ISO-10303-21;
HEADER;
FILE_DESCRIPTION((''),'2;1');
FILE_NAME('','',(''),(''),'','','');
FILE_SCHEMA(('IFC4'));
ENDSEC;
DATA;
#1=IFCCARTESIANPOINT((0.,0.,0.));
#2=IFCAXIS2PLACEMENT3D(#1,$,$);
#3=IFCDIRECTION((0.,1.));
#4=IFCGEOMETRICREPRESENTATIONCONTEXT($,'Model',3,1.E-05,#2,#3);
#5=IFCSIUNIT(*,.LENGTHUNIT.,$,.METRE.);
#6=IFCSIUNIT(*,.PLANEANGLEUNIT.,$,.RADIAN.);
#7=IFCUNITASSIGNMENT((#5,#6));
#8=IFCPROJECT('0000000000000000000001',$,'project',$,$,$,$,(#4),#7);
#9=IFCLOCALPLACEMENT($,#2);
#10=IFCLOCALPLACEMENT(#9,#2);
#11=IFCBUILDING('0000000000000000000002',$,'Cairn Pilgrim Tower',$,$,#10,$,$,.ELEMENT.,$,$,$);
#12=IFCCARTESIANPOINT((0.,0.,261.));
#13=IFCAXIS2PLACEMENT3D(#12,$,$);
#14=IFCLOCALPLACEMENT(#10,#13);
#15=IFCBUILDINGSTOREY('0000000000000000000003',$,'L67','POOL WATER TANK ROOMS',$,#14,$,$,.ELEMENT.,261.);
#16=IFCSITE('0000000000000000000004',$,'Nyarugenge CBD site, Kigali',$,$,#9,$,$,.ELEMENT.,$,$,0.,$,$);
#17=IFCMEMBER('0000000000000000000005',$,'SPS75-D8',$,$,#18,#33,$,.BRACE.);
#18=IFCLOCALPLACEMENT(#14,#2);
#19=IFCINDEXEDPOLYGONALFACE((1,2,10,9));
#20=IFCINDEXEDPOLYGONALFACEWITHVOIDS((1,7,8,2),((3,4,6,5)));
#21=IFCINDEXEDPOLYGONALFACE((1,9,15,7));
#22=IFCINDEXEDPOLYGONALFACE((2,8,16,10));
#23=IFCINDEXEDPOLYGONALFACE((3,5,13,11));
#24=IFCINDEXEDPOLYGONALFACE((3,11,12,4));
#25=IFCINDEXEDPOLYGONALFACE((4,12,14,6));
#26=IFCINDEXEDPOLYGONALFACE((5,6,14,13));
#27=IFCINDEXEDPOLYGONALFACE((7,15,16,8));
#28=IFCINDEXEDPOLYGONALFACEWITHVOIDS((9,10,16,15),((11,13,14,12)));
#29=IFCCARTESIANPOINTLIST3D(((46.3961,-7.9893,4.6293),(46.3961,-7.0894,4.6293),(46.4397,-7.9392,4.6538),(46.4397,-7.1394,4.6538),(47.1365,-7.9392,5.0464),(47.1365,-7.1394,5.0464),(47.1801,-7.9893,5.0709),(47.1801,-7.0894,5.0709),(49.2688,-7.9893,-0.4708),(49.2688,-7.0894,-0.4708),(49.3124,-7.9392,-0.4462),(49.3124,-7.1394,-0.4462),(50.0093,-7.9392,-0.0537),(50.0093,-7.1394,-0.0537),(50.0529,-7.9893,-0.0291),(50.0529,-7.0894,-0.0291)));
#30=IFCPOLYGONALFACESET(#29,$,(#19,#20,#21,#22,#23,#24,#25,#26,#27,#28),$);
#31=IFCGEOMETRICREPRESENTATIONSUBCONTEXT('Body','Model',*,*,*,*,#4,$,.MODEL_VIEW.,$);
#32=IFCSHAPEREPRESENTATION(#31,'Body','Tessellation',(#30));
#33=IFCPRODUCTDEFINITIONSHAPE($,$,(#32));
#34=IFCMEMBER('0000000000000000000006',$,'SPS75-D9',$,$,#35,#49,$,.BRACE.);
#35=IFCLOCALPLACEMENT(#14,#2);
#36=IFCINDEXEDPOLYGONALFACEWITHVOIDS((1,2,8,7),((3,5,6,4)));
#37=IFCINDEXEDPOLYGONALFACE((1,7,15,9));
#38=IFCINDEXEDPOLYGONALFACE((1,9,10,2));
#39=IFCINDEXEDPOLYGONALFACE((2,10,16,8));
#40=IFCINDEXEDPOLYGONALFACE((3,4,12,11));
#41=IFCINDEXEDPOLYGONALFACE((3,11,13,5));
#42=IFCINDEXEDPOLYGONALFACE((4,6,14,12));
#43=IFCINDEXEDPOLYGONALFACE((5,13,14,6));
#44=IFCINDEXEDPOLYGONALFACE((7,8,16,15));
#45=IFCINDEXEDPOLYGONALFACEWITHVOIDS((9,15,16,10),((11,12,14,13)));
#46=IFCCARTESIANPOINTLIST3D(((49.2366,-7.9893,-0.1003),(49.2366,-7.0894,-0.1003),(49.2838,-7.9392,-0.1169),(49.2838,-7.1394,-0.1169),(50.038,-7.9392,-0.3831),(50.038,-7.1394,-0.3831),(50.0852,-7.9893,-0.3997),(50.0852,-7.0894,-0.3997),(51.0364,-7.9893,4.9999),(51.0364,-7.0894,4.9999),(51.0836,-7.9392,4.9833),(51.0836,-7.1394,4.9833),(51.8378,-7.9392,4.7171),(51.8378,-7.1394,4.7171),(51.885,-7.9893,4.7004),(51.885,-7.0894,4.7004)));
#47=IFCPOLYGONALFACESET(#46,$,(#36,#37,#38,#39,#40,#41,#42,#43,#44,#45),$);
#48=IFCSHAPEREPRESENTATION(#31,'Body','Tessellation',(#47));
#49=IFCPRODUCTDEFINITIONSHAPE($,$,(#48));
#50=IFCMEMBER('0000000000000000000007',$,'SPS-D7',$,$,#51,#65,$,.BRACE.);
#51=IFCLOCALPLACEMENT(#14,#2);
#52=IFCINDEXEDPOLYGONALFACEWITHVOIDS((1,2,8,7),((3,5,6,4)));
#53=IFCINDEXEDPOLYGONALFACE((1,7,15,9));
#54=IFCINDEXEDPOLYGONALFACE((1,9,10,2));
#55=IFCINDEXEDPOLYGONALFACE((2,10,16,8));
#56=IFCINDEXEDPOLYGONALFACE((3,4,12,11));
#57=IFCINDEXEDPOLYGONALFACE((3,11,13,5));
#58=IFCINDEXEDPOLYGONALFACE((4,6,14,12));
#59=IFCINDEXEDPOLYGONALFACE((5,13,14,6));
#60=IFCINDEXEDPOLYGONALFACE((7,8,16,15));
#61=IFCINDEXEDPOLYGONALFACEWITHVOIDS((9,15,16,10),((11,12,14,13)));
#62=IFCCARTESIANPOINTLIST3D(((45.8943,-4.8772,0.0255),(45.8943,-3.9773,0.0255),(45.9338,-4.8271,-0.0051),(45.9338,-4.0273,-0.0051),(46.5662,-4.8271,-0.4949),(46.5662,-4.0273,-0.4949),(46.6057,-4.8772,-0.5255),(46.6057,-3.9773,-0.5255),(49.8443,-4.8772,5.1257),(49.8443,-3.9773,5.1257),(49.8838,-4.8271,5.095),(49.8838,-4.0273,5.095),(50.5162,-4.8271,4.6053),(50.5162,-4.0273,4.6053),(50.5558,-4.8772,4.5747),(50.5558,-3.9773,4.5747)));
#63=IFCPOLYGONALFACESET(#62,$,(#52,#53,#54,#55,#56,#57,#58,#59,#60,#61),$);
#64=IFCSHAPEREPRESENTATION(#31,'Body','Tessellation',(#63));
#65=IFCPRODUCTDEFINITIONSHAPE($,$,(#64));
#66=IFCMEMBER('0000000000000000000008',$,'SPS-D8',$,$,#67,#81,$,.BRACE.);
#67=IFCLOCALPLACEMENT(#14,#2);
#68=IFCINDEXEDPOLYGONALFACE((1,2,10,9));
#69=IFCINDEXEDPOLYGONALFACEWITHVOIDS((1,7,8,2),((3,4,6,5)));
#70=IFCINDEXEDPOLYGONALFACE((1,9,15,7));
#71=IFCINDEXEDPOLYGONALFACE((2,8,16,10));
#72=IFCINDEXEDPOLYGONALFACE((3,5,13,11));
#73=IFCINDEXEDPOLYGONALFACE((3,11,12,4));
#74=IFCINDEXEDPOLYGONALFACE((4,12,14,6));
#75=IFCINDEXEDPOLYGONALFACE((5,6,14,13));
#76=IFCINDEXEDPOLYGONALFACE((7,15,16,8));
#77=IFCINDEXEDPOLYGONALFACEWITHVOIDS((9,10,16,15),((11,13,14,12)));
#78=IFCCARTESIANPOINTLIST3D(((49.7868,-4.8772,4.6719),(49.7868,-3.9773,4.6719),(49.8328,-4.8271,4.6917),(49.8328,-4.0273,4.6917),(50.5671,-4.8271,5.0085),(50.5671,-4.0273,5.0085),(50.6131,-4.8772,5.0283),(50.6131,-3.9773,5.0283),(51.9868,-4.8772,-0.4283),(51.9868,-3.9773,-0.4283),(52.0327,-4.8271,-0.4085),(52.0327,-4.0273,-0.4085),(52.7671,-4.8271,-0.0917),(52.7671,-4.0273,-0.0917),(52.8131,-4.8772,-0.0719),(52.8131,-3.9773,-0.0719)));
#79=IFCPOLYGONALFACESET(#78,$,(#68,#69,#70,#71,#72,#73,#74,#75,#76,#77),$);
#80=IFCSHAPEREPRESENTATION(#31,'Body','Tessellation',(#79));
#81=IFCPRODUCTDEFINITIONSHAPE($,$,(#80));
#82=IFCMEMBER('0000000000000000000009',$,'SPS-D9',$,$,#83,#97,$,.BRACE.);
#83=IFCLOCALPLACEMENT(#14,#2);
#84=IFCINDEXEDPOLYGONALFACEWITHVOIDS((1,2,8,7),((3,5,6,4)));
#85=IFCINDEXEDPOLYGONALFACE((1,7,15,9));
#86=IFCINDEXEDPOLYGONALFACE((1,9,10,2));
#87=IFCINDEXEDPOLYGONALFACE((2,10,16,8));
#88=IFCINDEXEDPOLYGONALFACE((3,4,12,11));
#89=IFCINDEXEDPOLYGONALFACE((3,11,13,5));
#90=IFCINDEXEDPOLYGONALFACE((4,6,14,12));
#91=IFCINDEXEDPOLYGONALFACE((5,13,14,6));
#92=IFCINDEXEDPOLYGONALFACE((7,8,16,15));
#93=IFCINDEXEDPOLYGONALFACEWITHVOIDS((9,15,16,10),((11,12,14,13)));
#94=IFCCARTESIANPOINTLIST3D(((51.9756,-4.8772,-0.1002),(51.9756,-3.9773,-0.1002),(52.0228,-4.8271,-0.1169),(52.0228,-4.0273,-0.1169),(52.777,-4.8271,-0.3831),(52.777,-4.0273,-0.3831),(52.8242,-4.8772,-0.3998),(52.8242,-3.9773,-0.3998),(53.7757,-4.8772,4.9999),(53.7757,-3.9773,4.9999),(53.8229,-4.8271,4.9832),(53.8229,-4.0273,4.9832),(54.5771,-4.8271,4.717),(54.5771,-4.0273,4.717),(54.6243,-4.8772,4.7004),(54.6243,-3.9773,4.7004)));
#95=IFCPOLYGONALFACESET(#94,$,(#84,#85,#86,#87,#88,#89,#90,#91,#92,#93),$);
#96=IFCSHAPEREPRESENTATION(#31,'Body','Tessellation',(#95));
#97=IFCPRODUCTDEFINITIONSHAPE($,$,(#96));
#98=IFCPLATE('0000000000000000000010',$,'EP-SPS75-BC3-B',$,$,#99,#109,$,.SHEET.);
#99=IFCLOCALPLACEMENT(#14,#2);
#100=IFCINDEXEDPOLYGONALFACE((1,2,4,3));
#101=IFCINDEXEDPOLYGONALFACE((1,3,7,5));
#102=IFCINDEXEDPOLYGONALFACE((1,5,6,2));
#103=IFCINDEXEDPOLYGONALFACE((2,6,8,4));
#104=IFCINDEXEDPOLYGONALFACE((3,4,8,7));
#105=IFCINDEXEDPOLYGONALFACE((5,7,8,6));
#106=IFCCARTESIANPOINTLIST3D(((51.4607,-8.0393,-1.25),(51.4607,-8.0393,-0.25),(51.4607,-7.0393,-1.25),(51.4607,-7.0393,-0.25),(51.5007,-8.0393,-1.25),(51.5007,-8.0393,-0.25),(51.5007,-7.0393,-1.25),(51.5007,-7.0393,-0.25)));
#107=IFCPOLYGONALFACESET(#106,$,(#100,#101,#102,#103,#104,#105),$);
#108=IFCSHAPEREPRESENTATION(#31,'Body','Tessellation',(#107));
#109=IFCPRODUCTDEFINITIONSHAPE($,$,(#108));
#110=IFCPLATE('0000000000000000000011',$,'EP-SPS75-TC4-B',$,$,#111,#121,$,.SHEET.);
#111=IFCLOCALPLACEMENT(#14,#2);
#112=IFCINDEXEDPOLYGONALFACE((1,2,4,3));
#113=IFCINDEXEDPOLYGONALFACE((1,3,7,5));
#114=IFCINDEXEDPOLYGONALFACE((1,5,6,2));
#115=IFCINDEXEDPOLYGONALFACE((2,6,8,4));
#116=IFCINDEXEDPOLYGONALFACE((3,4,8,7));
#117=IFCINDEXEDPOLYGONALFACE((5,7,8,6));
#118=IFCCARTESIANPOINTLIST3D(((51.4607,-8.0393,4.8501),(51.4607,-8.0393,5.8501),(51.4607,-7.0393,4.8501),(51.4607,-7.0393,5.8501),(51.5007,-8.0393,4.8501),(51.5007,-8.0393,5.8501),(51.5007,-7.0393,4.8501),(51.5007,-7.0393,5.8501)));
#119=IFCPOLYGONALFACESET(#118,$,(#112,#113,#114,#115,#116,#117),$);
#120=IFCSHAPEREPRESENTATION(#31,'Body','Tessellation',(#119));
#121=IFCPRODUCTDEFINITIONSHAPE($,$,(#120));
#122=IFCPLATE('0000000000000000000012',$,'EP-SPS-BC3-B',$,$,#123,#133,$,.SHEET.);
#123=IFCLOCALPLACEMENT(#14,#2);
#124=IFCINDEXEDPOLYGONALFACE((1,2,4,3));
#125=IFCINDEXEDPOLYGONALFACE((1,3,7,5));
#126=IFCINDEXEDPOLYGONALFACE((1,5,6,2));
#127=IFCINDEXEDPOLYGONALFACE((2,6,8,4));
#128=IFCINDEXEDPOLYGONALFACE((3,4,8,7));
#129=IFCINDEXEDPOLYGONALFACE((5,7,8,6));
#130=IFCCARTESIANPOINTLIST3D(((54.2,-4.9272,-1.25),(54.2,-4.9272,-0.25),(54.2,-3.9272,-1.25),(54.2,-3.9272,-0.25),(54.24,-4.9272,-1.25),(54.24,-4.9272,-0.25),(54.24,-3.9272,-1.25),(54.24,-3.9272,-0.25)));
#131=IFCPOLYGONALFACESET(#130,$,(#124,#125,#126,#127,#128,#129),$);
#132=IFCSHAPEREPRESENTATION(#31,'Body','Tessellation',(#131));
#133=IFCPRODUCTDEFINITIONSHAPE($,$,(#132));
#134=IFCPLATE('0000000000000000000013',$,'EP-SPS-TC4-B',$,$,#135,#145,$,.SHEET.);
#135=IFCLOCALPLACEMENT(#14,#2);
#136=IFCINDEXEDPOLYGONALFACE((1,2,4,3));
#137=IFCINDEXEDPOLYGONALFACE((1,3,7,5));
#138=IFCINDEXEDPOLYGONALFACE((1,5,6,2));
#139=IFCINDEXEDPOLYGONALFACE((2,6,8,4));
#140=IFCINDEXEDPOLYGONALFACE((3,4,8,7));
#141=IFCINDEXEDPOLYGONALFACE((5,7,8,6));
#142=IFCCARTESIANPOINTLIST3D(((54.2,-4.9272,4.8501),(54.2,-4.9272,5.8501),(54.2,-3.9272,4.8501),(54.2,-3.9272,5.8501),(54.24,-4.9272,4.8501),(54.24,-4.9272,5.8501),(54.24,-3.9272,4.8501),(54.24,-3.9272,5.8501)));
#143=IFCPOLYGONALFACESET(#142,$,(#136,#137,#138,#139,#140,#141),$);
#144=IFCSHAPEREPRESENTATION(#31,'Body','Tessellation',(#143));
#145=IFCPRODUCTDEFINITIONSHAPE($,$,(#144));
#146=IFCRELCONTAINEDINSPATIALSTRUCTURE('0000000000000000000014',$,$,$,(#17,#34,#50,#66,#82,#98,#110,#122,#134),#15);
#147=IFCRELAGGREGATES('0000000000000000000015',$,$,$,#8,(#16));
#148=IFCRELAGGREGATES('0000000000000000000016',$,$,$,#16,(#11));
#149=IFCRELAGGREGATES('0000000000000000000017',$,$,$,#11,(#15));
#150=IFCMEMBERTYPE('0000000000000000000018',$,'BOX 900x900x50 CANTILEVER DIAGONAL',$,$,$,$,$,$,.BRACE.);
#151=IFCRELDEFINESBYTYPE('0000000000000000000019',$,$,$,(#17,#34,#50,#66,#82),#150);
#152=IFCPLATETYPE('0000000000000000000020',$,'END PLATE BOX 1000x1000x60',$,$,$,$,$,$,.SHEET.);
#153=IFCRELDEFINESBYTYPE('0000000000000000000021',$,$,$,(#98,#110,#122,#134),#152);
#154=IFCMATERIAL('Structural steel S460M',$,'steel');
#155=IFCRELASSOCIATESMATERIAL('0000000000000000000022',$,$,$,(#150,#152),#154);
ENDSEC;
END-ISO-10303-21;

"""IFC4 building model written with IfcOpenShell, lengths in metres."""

from ifc_helpers import new_model, si_unit, direction, frame, origin, origin_2d, place, context, subcontext, project, spatial, rectangle, hollow_rectangle, extrude, material, material_profile, profile_set, type_object, element, save


model = new_model("IFC4")

# Units and contexts
model_context = context("Model", 3, precision=1e-05, world=origin(), true_north=direction((0.0, 1.0)))
body_context = subcontext(model_context, "Body", "Model", "MODEL_VIEW")
ifc_project = project(units=[si_unit("LENGTHUNIT", "METRE"), si_unit("PLANEANGLEUNIT", "RADIAN")], contexts=[model_context])

# Site, building, storey
site_placement = place(None, origin())
site = spatial("IfcSite", under=ifc_project, at=site_placement, Name="Nyarugenge CBD site, Kigali", CompositionType="ELEMENT", RefElevation=0.0)
building_placement = place(site_placement, origin())
building = spatial("IfcBuilding", under=site, at=building_placement, Name="Cairn Pilgrim Tower", CompositionType="ELEMENT")
storey_placement = place(building_placement, frame((0.0, 0.0, 261.0)))
storey = spatial("IfcBuildingStorey", under=building, at=storey_placement, Name="L67", Description="POOL WATER TANK ROOMS", CompositionType="ELEMENT", Elevation=261.0)

# Members
ifc_material = material(Name="Structural steel S460M", Category="steel")
ifc_material_profile_1 = material_profile(ifc_material, hollow_rectangle(XDim=0.8999, YDim=0.8999, WallThickness=0.05, at=origin_2d()), Name="BOX 900x900x50")
ifc_profile_set_1 = profile_set([ifc_material_profile_1], Name="Structural steel S460M")
member_type_1 = type_object("IfcMemberType", Name="BOX 900x900x50 CANTILEVER DIAGONAL", PredefinedType="BRACE", material=ifc_profile_set_1)
member_1_placement = place(storey_placement, frame((46.7881, -7.5393, 4.8501), z_axis=(0.49078, 0.0, -0.871284), x_axis=(0.0, 1.0, 0.0)))
element("IfcMember", 1, at=member_1_placement, inside=storey, type_object=member_type_1, Name="SPS75-D8", PredefinedType="BRACE", context=body_context, shape_type="SweptSolid", body=[
    extrude(hollow_rectangle(XDim=0.8999, YDim=0.8999, WallThickness=0.05, at=origin_2d()), origin(), (0.0, 0.0, 1.0), 5.8535),
])
member_2_placement = place(storey_placement, frame((49.6609, -7.5393, -0.25), z_axis=(0.332782, 0.0, 0.943004), x_axis=(0.0, 1.0, 0.0)))
element("IfcMember", 2, at=member_2_placement, inside=storey, type_object=member_type_1, Name="SPS75-D9", PredefinedType="BRACE", context=body_context, shape_type="SweptSolid", body=[
    extrude(hollow_rectangle(XDim=0.8999, YDim=0.8999, WallThickness=0.05, at=origin_2d()), origin(), (0.0, 0.0, 1.0), 5.4084),
])
member_3_placement = place(storey_placement, frame((46.25, -4.4272, -0.25), z_axis=(0.612317, 0.0, 0.790612), x_axis=(0.0, 1.0, 0.0)))
element("IfcMember", 3, at=member_3_placement, inside=storey, type_object=member_type_1, Name="SPS-D7", PredefinedType="BRACE", context=body_context, shape_type="SweptSolid", body=[
    extrude(hollow_rectangle(XDim=0.8999, YDim=0.8999, WallThickness=0.05, at=origin_2d()), origin(), (0.0, 0.0, 1.0), 6.4509),
])
member_4_placement = place(storey_placement, frame((50.2, -4.4272, 4.8501), z_axis=(0.396077, 0.0, -0.918217), x_axis=(0.0, 1.0, 0.0)))
element("IfcMember", 4, at=member_4_placement, inside=storey, type_object=member_type_1, Name="SPS-D8", PredefinedType="BRACE", context=body_context, shape_type="SweptSolid", body=[
    extrude(hollow_rectangle(XDim=0.8999, YDim=0.8999, WallThickness=0.05, at=origin_2d()), origin(), (0.0, 0.0, 1.0), 5.5544),
])
member_5_placement = place(storey_placement, frame((52.3999, -4.4272, -0.25), z_axis=(0.332822, 0.0, 0.94299), x_axis=(0.0, 1.0, 0.0)))
element("IfcMember", 5, at=member_5_placement, inside=storey, type_object=member_type_1, Name="SPS-D9", PredefinedType="BRACE", context=body_context, shape_type="SweptSolid", body=[
    extrude(hollow_rectangle(XDim=0.8999, YDim=0.8999, WallThickness=0.05, at=origin_2d()), origin(), (0.0, 0.0, 1.0), 5.4084),
])

# Plates
ifc_material_profile_2 = material_profile(ifc_material, rectangle(XDim=1.0, YDim=1.0, at=origin_2d()), Name="END PLATE BOX 1000x1000x60")
ifc_profile_set_2 = profile_set([ifc_material_profile_2], Name="Structural steel S460M")
plate_type = type_object("IfcPlateType", Name="END PLATE BOX 1000x1000x60", PredefinedType="SHEET", material=ifc_profile_set_2)
for number, where, z_axis, x_axis, name in (
    (6, (51.4607, -7.5393, -0.75), (1.0, 0.0, 0.0), (0.0, 1.0, 0.0), "EP-SPS75-BC3-B"),
    (7, (51.4607, -7.5393, 5.3501), (1.0, 0.0, 0.0), (0.0, 1.0, 0.0), "EP-SPS75-TC4-B"),
    (8, (54.2, -4.4272, -0.75), (1.0, 0.0, 0.0), (0.0, 1.0, 0.0), "EP-SPS-BC3-B"),
    (9, (54.2, -4.4272, 5.3501), (1.0, 0.0, 0.0), (0.0, 1.0, 0.0), "EP-SPS-TC4-B"),
):
    element("IfcPlate", number, at=place(storey_placement, frame(where, z_axis=z_axis, x_axis=x_axis)), inside=storey, type_object=plate_type, Name=name, PredefinedType="SHEET", context=body_context, shape_type="SweptSolid", body=[
        extrude(rectangle(XDim=1.0, YDim=1.0, at=origin_2d()), origin(), (0.0, 0.0, 1.0), 0.04),
    ])

save(model, "model.ifc")
